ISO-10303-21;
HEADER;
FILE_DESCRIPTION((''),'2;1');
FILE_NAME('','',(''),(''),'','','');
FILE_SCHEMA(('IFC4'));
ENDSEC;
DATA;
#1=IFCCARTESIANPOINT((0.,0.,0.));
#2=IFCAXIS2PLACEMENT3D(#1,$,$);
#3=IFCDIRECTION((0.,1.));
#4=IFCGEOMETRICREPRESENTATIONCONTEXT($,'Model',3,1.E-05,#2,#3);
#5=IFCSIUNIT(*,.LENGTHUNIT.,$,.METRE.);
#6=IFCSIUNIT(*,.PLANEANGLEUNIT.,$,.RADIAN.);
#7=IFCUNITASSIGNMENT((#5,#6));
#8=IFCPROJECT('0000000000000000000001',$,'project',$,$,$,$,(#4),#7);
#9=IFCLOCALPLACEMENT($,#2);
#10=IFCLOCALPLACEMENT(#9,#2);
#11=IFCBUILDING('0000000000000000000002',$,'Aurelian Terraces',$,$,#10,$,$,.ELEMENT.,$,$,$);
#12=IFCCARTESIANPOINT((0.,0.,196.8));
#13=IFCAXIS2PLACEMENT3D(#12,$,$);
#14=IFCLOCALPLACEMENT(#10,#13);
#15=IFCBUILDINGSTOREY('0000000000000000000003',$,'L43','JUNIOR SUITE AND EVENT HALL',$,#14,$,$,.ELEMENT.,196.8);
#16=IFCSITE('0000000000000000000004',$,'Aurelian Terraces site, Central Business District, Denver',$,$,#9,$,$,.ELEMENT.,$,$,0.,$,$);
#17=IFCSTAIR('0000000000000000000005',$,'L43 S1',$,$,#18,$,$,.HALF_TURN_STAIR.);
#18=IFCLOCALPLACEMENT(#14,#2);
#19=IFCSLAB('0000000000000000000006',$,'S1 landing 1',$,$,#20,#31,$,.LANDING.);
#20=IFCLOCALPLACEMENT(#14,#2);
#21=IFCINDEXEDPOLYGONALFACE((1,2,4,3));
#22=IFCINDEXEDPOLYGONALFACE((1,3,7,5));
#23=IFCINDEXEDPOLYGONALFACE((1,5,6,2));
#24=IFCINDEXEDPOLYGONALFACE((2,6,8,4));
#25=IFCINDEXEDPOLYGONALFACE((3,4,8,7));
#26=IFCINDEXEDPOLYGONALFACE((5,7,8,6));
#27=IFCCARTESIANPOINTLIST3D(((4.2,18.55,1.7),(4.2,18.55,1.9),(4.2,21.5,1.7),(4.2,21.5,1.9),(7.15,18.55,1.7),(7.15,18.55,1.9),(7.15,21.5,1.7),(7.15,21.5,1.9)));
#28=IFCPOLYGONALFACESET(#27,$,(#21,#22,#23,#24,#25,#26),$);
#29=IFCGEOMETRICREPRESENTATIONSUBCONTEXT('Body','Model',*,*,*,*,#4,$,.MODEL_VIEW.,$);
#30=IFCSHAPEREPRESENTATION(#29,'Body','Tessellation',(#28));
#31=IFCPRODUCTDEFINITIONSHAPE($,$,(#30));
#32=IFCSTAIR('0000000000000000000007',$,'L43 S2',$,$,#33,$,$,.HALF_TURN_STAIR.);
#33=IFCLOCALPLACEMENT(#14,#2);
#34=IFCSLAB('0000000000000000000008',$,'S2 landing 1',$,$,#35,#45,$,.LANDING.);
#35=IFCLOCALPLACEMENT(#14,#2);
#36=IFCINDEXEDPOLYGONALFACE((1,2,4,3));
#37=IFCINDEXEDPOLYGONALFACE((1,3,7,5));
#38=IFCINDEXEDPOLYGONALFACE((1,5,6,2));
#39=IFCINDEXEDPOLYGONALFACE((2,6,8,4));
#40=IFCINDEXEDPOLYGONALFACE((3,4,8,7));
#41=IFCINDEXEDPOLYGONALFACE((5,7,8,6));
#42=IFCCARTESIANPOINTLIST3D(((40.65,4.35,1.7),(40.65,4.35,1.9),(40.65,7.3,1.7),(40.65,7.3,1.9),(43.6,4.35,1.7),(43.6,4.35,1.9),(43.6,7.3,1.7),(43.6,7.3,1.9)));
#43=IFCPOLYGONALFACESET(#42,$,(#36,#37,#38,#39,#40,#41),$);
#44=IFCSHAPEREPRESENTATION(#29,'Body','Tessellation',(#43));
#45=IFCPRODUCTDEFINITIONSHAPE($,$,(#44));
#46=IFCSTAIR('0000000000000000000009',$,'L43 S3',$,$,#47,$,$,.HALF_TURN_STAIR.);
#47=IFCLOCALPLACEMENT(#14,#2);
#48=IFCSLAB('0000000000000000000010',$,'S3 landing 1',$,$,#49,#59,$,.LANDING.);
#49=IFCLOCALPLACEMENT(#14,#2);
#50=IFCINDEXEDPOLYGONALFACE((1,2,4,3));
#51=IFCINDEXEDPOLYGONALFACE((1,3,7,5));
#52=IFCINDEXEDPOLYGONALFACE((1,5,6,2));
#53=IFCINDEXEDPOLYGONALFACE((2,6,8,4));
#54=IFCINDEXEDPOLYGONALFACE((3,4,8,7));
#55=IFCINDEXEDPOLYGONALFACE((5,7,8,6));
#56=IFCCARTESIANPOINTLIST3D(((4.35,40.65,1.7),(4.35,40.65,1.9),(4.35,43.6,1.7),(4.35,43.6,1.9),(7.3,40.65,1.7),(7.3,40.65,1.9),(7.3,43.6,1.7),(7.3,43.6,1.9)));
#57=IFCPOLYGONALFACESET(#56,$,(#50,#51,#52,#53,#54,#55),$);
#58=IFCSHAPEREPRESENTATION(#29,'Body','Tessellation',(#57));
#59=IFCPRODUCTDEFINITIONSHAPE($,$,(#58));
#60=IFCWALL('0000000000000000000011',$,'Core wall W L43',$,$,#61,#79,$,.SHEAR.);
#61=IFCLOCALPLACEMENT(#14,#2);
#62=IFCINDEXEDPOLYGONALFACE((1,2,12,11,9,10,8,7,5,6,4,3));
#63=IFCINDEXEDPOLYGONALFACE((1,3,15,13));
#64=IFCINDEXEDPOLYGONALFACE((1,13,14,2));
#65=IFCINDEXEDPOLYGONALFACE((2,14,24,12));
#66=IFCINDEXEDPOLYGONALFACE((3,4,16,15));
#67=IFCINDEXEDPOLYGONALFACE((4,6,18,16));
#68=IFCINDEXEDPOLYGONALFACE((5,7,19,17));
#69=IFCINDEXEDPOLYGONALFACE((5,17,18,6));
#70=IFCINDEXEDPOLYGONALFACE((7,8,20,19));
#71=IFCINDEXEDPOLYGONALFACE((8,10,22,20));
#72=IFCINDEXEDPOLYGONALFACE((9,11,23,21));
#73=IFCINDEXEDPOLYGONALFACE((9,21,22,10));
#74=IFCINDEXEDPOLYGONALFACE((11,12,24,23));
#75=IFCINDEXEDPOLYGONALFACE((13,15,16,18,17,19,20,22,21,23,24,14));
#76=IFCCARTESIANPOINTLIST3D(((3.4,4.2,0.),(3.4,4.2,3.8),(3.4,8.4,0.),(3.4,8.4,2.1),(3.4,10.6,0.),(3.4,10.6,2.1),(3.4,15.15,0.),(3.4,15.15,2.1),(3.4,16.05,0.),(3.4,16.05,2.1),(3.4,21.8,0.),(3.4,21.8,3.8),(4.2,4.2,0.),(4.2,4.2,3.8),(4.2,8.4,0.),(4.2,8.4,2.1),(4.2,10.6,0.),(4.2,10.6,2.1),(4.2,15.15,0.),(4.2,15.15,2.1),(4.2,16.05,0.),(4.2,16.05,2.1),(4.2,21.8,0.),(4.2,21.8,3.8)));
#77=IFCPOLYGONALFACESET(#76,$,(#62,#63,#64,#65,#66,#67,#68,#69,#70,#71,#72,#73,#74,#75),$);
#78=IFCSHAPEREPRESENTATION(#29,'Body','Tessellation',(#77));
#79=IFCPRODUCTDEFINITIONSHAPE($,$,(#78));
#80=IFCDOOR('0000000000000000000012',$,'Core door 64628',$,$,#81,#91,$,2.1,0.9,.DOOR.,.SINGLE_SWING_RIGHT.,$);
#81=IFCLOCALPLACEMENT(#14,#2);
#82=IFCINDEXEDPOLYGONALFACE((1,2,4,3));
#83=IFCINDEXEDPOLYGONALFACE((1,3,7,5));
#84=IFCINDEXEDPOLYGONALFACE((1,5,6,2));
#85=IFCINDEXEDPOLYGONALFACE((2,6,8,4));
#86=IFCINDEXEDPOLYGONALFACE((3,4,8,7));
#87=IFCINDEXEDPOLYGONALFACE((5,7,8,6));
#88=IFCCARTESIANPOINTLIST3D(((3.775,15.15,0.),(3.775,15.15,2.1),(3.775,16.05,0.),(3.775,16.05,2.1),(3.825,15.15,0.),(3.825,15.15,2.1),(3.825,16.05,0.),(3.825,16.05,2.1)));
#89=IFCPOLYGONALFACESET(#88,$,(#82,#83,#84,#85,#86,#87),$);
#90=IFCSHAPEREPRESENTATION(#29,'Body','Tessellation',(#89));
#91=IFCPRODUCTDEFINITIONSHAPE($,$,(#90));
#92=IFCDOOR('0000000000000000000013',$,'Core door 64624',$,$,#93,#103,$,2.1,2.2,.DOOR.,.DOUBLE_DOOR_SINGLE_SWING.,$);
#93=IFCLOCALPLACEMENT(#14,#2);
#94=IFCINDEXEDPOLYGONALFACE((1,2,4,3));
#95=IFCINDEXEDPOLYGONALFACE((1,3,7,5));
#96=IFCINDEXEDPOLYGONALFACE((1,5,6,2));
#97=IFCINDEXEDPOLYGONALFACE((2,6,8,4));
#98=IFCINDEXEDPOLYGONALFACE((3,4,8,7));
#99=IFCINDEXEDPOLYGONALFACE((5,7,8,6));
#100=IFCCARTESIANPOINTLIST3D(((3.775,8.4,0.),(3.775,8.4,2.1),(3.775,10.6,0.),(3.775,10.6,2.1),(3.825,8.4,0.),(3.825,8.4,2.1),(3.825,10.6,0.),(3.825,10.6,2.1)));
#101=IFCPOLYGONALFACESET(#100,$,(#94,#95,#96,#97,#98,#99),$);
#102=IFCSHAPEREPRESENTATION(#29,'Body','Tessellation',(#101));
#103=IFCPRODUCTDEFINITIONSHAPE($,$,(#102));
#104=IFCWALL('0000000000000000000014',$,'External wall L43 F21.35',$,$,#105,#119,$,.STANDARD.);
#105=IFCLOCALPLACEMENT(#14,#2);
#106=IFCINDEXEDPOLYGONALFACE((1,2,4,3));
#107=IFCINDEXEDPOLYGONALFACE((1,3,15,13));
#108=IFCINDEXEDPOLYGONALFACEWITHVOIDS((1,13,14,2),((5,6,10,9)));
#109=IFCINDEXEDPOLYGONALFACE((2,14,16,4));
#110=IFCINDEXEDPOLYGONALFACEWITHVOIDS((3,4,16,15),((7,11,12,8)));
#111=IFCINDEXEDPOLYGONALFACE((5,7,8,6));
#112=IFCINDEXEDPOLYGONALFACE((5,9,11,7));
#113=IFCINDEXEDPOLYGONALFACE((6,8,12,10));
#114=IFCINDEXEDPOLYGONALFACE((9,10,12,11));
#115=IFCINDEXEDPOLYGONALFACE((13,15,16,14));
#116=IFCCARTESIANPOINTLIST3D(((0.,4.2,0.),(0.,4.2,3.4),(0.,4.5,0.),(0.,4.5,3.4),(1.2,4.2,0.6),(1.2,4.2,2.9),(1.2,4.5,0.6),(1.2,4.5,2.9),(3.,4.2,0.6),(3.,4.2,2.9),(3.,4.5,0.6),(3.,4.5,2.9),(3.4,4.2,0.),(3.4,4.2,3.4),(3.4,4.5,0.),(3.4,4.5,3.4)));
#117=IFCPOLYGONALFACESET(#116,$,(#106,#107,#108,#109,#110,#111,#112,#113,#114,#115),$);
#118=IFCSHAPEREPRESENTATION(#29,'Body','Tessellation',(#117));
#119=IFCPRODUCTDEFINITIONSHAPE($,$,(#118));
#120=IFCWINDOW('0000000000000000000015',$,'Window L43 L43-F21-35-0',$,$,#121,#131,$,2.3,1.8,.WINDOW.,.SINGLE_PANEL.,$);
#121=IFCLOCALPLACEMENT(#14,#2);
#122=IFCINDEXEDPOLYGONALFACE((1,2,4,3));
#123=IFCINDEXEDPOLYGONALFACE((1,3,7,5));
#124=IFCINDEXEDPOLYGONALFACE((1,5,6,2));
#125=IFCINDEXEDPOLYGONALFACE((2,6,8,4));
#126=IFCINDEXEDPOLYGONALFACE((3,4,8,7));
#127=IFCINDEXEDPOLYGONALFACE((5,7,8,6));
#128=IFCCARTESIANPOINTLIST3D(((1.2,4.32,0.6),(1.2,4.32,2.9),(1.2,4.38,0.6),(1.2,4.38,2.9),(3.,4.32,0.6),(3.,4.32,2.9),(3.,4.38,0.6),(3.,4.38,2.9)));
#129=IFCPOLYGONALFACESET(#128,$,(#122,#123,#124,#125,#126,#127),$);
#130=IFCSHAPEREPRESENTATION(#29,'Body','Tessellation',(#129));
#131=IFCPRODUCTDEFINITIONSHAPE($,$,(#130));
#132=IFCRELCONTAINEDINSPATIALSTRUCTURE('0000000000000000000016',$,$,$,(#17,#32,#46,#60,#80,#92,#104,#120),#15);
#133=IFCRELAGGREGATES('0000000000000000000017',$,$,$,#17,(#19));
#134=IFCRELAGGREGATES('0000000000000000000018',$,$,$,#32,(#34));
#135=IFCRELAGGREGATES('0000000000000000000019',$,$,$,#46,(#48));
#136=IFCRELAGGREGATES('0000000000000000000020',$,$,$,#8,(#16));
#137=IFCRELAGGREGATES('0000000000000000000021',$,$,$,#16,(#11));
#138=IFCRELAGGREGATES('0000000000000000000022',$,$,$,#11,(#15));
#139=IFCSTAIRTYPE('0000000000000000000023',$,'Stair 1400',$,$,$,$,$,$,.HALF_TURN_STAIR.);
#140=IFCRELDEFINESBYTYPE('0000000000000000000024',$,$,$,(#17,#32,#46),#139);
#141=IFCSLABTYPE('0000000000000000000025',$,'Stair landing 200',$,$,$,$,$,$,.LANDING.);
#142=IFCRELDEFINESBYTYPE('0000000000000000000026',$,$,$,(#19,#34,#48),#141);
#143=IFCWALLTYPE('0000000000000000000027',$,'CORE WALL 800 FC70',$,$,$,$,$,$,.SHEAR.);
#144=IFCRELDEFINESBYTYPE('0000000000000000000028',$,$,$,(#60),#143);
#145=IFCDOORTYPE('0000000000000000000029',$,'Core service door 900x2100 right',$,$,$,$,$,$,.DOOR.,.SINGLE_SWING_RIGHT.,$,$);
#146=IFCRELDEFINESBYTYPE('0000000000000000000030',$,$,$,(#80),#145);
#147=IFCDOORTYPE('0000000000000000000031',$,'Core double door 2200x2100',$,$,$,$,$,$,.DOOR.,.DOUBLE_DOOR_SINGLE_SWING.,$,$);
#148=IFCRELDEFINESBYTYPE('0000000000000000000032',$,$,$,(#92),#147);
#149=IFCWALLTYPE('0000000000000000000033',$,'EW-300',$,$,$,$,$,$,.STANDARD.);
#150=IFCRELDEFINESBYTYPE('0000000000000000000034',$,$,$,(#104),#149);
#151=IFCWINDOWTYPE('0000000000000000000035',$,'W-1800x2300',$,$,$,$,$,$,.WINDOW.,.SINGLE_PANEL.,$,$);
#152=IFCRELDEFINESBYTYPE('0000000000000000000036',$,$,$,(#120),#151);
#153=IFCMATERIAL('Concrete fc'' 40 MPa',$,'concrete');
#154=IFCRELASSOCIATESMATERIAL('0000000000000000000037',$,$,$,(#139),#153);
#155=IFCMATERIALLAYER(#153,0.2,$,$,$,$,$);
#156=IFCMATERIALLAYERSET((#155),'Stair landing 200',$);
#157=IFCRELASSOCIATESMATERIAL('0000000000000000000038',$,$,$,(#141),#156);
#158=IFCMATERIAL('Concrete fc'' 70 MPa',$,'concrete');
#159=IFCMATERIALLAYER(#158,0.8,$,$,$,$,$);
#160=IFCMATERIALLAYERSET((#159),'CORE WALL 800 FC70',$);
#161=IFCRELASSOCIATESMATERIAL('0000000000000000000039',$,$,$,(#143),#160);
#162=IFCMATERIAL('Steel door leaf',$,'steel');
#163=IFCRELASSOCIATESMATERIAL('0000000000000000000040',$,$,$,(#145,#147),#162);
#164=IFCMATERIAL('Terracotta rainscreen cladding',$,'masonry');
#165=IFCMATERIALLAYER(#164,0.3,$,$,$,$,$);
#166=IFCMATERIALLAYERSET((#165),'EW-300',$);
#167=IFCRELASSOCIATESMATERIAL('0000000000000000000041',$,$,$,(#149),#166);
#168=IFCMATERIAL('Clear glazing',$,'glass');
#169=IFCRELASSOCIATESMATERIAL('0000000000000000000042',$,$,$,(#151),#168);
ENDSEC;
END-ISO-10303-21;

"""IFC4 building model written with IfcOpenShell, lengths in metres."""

from ifc_helpers import new_model, si_unit, direction, frame, frame_2d, origin, place, context, subcontext, project, spatial, polyline, rectangle, outline, extrude, source, transform, mapped, material, layer, layer_set, type_object, element, fill, aggregate, save


model = new_model("IFC4")

# Units and contexts
model_context = context("Model", 3, precision=1e-05, world=origin(), true_north=direction((0.0, 1.0)))
body_context = subcontext(model_context, "Body", "Model", "MODEL_VIEW")
ifc_project = project(units=[si_unit("LENGTHUNIT", "METRE"), si_unit("PLANEANGLEUNIT", "RADIAN")], contexts=[model_context])

# Site, building, storey
site_placement = place(None, origin())
site = spatial("IfcSite", under=ifc_project, at=site_placement, Name="Aurelian Terraces site, Central Business District, Denver", CompositionType="ELEMENT", RefElevation=0.0)
building_placement = place(site_placement, origin())
building = spatial("IfcBuilding", under=site, at=building_placement, Name="Aurelian Terraces", CompositionType="ELEMENT")
storey_placement = place(building_placement, frame((0.0, 0.0, 196.8)))
storey = spatial("IfcBuildingStorey", under=building, at=storey_placement, Name="L43", Description="JUNIOR SUITE AND EVENT HALL", CompositionType="ELEMENT", Elevation=196.8)

# Shared definitions
ifc_material_1 = material(Name="Concrete fc' 40 MPa", Category="concrete")

# Stairs, slabs
stair_type = type_object("IfcStairType", Name="Stair 1400", PredefinedType="HALF_TURN_STAIR", material=ifc_material_1)
stair_1_placement = place(storey_placement, origin())
stair_1 = element("IfcStair", 1, at=stair_1_placement, inside=storey, type_object=stair_type, Name="L43 S1", PredefinedType="HALF_TURN_STAIR")
ifc_layer_1 = layer(ifc_material_1, 0.2)
ifc_layer_set_1 = layer_set([ifc_layer_1], Name="Stair landing 200")
slab_type_1 = type_object("IfcSlabType", Name="Stair landing 200", PredefinedType="LANDING", material=ifc_layer_set_1)
shared_shape_1 = source(origin(), body_context, "Body", "SweptSolid", [
    extrude(outline(polyline([(7.15, 18.55), (7.15, 21.5), (4.2, 21.5), (4.2, 18.55), (7.15, 18.55)])), origin(), (0.0, 0.0, 1.0), 0.2),
])
slab_1_placement = place(storey_placement, frame((0.0, 0.0, 1.7)))
slab_1 = element("IfcSlab", 2, at=slab_1_placement, type_object=slab_type_1, Name="S1 landing 1", PredefinedType="LANDING", context=body_context, shape_type="MappedRepresentation", body=[
    mapped(shared_shape_1, transform((0.0, 0.0, 0.0), scale=1.0)),
])
aggregate(stair_1, [slab_1])
stair_2_placement = place(storey_placement, origin())
stair_2 = element("IfcStair", 3, at=stair_2_placement, inside=storey, type_object=stair_type, Name="L43 S2", PredefinedType="HALF_TURN_STAIR")
shared_shape_2 = source(origin(), body_context, "Body", "SweptSolid", [
    extrude(outline(polyline([(43.6, 4.35), (43.6, 7.3), (40.65, 7.3), (40.65, 4.35), (43.6, 4.35)])), origin(), (0.0, 0.0, 1.0), 0.2),
])
slab_2_placement = place(storey_placement, frame((0.0, 0.0, 1.7)))
slab_2 = element("IfcSlab", 4, at=slab_2_placement, type_object=slab_type_1, Name="S2 landing 1", PredefinedType="LANDING", context=body_context, shape_type="MappedRepresentation", body=[
    mapped(shared_shape_2, transform((0.0, 0.0, 0.0), scale=1.0)),
])
aggregate(stair_2, [slab_2])
stair_3_placement = place(storey_placement, origin())
stair_3 = element("IfcStair", 5, at=stair_3_placement, inside=storey, type_object=stair_type, Name="L43 S3", PredefinedType="HALF_TURN_STAIR")
shared_shape_3 = source(origin(), body_context, "Body", "SweptSolid", [
    extrude(outline(polyline([(4.35, 40.65), (7.3, 40.65), (7.3, 43.6), (4.35, 43.6), (4.35, 40.65)])), origin(), (0.0, 0.0, 1.0), 0.2),
])
slab_3_placement = place(storey_placement, frame((0.0, 0.0, 1.7)))
slab_3 = element("IfcSlab", 6, at=slab_3_placement, type_object=slab_type_1, Name="S3 landing 1", PredefinedType="LANDING", context=body_context, shape_type="MappedRepresentation", body=[
    mapped(shared_shape_3, transform((0.0, 0.0, 0.0), scale=1.0)),
])
aggregate(stair_3, [slab_3])

# Wall, openings, doors
ifc_material_2 = material(Name="Concrete fc' 70 MPa", Category="concrete")
ifc_layer_2 = layer(ifc_material_2, 0.8)
ifc_layer_set_2 = layer_set([ifc_layer_2], Name="CORE WALL 800 FC70")
wall_type_1 = type_object("IfcWallType", Name="CORE WALL 800 FC70", PredefinedType="SHEAR", material=ifc_layer_set_2)
shared_shape_4 = source(origin(), body_context, "Body", "SweptSolid", [
    extrude(rectangle(XDim=17.6, YDim=0.8, at=frame_2d((8.8, 0.0))), origin(), (0.0, 0.0, 1.0), 3.8),
])
wall_1_placement = place(storey_placement, frame((3.8, 4.2, 0.0), z_axis=(0.0, 0.0, 1.0), x_axis=(0.0, 1.0, 0.0)))
wall_1 = element("IfcWall", 7, at=wall_1_placement, inside=storey, type_object=wall_type_1, Name="Core wall W L43", PredefinedType="SHEAR", context=body_context, shape_type="MappedRepresentation", body=[
    mapped(shared_shape_4, transform((0.0, 0.0, 0.0), scale=1.0)),
])
shared_shape_5 = source(origin(), body_context, "Body", "SweptSolid", [
    extrude(rectangle(XDim=2.2, YDim=2.1, at=frame_2d((1.1, 1.05))), frame((0.0, 0.41, 0.0), z_axis=(0.0, -1.0, 0.0), x_axis=(1.0, 0.0, 0.0)), (0.0, 0.0, 1.0), 0.82),
])
opening_1_placement = place(wall_1_placement, frame((4.2, 0.0, 0.0)))
opening_1 = element("IfcOpeningElement", 8, at=opening_1_placement, cuts=wall_1, PredefinedType="OPENING", context=body_context, shape_type="MappedRepresentation", body=[
    mapped(shared_shape_5, transform((0.0, 0.0, 0.0), scale=1.0)),
])
shared_shape_6 = source(origin(), body_context, "Body", "SweptSolid", [
    extrude(rectangle(XDim=0.9, YDim=2.1, at=frame_2d((0.45, 1.05))), frame((0.0, 0.41, 0.0), z_axis=(0.0, -1.0, 0.0), x_axis=(1.0, 0.0, 0.0)), (0.0, 0.0, 1.0), 0.82),
])
opening_2_placement = place(wall_1_placement, frame((10.95, 0.0, 0.0)))
opening_2 = element("IfcOpeningElement", 9, at=opening_2_placement, cuts=wall_1, PredefinedType="OPENING", context=body_context, shape_type="MappedRepresentation", body=[
    mapped(shared_shape_6, transform((0.0, 0.0, 0.0), scale=1.0)),
])
ifc_material_3 = material(Name="Steel door leaf", Category="steel")
door_type_1 = type_object("IfcDoorType", Name="Core service door 900x2100 right", OperationType="SINGLE_SWING_RIGHT", PredefinedType="DOOR", material=ifc_material_3)
shared_shape_7 = source(origin(), body_context, "Body", "SweptSolid", [
    extrude(rectangle(XDim=0.9, YDim=2.1, at=frame_2d((0.45, 1.05))), frame((0.0, 0.025, 0.0), z_axis=(0.0, -1.0, 0.0), x_axis=(1.0, 0.0, 0.0)), (0.0, 0.0, 1.0), 0.05),
])
door_1_placement = place(opening_2_placement, origin())
door_1 = element("IfcDoor", 10, at=door_1_placement, inside=storey, type_object=door_type_1, Name="Core door 64628", OperationType="SINGLE_SWING_RIGHT", OverallHeight=2.1, OverallWidth=0.9, PredefinedType="DOOR", context=body_context, shape_type="MappedRepresentation", body=[
    mapped(shared_shape_7, transform((0.0, 0.0, 0.0), scale=1.0)),
])
fill(opening_2, door_1)
door_type_2 = type_object("IfcDoorType", Name="Core double door 2200x2100", OperationType="DOUBLE_DOOR_SINGLE_SWING", PredefinedType="DOOR", material=ifc_material_3)
shared_shape_8 = source(origin(), body_context, "Body", "SweptSolid", [
    extrude(rectangle(XDim=2.2, YDim=2.1, at=frame_2d((1.1, 1.05))), frame((0.0, 0.025, 0.0), z_axis=(0.0, -1.0, 0.0), x_axis=(1.0, 0.0, 0.0)), (0.0, 0.0, 1.0), 0.05),
])
door_2_placement = place(opening_1_placement, origin())
door_2 = element("IfcDoor", 11, at=door_2_placement, inside=storey, type_object=door_type_2, Name="Core door 64624", OperationType="DOUBLE_DOOR_SINGLE_SWING", OverallHeight=2.1, OverallWidth=2.2, PredefinedType="DOOR", context=body_context, shape_type="MappedRepresentation", body=[
    mapped(shared_shape_8, transform((0.0, 0.0, 0.0), scale=1.0)),
])
fill(opening_1, door_2)

# Wall, opening, window
ifc_material_4 = material(Name="Terracotta rainscreen cladding", Category="masonry")
ifc_layer_3 = layer(ifc_material_4, 0.3)
ifc_layer_set_3 = layer_set([ifc_layer_3], Name="EW-300")
wall_type_2 = type_object("IfcWallType", Name="EW-300", PredefinedType="STANDARD", material=ifc_layer_set_3)
shared_shape_9 = source(origin(), body_context, "Body", "SweptSolid", [
    extrude(rectangle(XDim=3.4, YDim=0.3, at=frame_2d((1.7, 0.0))), origin(), (0.0, 0.0, 1.0), 3.4),
])
wall_2_placement = place(storey_placement, frame((0.0, 4.35, 0.0), z_axis=(0.0, 0.0, 1.0), x_axis=(1.0, 0.0, 0.0)))
wall_2 = element("IfcWall", 12, at=wall_2_placement, inside=storey, type_object=wall_type_2, Name="External wall L43 F21.35", PredefinedType="STANDARD", context=body_context, shape_type="MappedRepresentation", body=[
    mapped(shared_shape_9, transform((0.0, 0.0, 0.0), scale=1.0)),
])
shared_shape_10 = source(origin(), body_context, "Body", "SweptSolid", [
    extrude(rectangle(XDim=1.8, YDim=2.3, at=frame_2d((0.9, 1.15))), frame((0.0, 0.16, 0.0), z_axis=(0.0, -1.0, 0.0), x_axis=(1.0, 0.0, 0.0)), (0.0, 0.0, 1.0), 0.32),
])
opening_3_placement = place(wall_2_placement, frame((1.2, 0.0, 0.6)))
opening_3 = element("IfcOpeningElement", 13, at=opening_3_placement, cuts=wall_2, PredefinedType="OPENING", context=body_context, shape_type="MappedRepresentation", body=[
    mapped(shared_shape_10, transform((0.0, 0.0, 0.0), scale=1.0)),
])
ifc_material_5 = material(Name="Clear glazing", Category="glass")
window_type = type_object("IfcWindowType", Name="W-1800x2300", PartitioningType="SINGLE_PANEL", PredefinedType="WINDOW", material=ifc_material_5)
shared_shape_11 = source(origin(), body_context, "Body", "SweptSolid", [
    extrude(rectangle(XDim=1.8, YDim=2.3, at=frame_2d((0.9, 1.15))), frame((0.0, 0.03, 0.0), z_axis=(0.0, -1.0, 0.0), x_axis=(1.0, 0.0, 0.0)), (0.0, 0.0, 1.0), 0.06),
])
window_placement = place(opening_3_placement, origin())
window = element("IfcWindow", 14, at=window_placement, inside=storey, type_object=window_type, Name="Window L43 L43-F21-35-0", OverallHeight=2.3, OverallWidth=1.8, PartitioningType="SINGLE_PANEL", PredefinedType="WINDOW", context=body_context, shape_type="MappedRepresentation", body=[
    mapped(shared_shape_11, transform((0.0, 0.0, 0.0), scale=1.0)),
])
fill(opening_3, window)

save(model, "model.ifc")
